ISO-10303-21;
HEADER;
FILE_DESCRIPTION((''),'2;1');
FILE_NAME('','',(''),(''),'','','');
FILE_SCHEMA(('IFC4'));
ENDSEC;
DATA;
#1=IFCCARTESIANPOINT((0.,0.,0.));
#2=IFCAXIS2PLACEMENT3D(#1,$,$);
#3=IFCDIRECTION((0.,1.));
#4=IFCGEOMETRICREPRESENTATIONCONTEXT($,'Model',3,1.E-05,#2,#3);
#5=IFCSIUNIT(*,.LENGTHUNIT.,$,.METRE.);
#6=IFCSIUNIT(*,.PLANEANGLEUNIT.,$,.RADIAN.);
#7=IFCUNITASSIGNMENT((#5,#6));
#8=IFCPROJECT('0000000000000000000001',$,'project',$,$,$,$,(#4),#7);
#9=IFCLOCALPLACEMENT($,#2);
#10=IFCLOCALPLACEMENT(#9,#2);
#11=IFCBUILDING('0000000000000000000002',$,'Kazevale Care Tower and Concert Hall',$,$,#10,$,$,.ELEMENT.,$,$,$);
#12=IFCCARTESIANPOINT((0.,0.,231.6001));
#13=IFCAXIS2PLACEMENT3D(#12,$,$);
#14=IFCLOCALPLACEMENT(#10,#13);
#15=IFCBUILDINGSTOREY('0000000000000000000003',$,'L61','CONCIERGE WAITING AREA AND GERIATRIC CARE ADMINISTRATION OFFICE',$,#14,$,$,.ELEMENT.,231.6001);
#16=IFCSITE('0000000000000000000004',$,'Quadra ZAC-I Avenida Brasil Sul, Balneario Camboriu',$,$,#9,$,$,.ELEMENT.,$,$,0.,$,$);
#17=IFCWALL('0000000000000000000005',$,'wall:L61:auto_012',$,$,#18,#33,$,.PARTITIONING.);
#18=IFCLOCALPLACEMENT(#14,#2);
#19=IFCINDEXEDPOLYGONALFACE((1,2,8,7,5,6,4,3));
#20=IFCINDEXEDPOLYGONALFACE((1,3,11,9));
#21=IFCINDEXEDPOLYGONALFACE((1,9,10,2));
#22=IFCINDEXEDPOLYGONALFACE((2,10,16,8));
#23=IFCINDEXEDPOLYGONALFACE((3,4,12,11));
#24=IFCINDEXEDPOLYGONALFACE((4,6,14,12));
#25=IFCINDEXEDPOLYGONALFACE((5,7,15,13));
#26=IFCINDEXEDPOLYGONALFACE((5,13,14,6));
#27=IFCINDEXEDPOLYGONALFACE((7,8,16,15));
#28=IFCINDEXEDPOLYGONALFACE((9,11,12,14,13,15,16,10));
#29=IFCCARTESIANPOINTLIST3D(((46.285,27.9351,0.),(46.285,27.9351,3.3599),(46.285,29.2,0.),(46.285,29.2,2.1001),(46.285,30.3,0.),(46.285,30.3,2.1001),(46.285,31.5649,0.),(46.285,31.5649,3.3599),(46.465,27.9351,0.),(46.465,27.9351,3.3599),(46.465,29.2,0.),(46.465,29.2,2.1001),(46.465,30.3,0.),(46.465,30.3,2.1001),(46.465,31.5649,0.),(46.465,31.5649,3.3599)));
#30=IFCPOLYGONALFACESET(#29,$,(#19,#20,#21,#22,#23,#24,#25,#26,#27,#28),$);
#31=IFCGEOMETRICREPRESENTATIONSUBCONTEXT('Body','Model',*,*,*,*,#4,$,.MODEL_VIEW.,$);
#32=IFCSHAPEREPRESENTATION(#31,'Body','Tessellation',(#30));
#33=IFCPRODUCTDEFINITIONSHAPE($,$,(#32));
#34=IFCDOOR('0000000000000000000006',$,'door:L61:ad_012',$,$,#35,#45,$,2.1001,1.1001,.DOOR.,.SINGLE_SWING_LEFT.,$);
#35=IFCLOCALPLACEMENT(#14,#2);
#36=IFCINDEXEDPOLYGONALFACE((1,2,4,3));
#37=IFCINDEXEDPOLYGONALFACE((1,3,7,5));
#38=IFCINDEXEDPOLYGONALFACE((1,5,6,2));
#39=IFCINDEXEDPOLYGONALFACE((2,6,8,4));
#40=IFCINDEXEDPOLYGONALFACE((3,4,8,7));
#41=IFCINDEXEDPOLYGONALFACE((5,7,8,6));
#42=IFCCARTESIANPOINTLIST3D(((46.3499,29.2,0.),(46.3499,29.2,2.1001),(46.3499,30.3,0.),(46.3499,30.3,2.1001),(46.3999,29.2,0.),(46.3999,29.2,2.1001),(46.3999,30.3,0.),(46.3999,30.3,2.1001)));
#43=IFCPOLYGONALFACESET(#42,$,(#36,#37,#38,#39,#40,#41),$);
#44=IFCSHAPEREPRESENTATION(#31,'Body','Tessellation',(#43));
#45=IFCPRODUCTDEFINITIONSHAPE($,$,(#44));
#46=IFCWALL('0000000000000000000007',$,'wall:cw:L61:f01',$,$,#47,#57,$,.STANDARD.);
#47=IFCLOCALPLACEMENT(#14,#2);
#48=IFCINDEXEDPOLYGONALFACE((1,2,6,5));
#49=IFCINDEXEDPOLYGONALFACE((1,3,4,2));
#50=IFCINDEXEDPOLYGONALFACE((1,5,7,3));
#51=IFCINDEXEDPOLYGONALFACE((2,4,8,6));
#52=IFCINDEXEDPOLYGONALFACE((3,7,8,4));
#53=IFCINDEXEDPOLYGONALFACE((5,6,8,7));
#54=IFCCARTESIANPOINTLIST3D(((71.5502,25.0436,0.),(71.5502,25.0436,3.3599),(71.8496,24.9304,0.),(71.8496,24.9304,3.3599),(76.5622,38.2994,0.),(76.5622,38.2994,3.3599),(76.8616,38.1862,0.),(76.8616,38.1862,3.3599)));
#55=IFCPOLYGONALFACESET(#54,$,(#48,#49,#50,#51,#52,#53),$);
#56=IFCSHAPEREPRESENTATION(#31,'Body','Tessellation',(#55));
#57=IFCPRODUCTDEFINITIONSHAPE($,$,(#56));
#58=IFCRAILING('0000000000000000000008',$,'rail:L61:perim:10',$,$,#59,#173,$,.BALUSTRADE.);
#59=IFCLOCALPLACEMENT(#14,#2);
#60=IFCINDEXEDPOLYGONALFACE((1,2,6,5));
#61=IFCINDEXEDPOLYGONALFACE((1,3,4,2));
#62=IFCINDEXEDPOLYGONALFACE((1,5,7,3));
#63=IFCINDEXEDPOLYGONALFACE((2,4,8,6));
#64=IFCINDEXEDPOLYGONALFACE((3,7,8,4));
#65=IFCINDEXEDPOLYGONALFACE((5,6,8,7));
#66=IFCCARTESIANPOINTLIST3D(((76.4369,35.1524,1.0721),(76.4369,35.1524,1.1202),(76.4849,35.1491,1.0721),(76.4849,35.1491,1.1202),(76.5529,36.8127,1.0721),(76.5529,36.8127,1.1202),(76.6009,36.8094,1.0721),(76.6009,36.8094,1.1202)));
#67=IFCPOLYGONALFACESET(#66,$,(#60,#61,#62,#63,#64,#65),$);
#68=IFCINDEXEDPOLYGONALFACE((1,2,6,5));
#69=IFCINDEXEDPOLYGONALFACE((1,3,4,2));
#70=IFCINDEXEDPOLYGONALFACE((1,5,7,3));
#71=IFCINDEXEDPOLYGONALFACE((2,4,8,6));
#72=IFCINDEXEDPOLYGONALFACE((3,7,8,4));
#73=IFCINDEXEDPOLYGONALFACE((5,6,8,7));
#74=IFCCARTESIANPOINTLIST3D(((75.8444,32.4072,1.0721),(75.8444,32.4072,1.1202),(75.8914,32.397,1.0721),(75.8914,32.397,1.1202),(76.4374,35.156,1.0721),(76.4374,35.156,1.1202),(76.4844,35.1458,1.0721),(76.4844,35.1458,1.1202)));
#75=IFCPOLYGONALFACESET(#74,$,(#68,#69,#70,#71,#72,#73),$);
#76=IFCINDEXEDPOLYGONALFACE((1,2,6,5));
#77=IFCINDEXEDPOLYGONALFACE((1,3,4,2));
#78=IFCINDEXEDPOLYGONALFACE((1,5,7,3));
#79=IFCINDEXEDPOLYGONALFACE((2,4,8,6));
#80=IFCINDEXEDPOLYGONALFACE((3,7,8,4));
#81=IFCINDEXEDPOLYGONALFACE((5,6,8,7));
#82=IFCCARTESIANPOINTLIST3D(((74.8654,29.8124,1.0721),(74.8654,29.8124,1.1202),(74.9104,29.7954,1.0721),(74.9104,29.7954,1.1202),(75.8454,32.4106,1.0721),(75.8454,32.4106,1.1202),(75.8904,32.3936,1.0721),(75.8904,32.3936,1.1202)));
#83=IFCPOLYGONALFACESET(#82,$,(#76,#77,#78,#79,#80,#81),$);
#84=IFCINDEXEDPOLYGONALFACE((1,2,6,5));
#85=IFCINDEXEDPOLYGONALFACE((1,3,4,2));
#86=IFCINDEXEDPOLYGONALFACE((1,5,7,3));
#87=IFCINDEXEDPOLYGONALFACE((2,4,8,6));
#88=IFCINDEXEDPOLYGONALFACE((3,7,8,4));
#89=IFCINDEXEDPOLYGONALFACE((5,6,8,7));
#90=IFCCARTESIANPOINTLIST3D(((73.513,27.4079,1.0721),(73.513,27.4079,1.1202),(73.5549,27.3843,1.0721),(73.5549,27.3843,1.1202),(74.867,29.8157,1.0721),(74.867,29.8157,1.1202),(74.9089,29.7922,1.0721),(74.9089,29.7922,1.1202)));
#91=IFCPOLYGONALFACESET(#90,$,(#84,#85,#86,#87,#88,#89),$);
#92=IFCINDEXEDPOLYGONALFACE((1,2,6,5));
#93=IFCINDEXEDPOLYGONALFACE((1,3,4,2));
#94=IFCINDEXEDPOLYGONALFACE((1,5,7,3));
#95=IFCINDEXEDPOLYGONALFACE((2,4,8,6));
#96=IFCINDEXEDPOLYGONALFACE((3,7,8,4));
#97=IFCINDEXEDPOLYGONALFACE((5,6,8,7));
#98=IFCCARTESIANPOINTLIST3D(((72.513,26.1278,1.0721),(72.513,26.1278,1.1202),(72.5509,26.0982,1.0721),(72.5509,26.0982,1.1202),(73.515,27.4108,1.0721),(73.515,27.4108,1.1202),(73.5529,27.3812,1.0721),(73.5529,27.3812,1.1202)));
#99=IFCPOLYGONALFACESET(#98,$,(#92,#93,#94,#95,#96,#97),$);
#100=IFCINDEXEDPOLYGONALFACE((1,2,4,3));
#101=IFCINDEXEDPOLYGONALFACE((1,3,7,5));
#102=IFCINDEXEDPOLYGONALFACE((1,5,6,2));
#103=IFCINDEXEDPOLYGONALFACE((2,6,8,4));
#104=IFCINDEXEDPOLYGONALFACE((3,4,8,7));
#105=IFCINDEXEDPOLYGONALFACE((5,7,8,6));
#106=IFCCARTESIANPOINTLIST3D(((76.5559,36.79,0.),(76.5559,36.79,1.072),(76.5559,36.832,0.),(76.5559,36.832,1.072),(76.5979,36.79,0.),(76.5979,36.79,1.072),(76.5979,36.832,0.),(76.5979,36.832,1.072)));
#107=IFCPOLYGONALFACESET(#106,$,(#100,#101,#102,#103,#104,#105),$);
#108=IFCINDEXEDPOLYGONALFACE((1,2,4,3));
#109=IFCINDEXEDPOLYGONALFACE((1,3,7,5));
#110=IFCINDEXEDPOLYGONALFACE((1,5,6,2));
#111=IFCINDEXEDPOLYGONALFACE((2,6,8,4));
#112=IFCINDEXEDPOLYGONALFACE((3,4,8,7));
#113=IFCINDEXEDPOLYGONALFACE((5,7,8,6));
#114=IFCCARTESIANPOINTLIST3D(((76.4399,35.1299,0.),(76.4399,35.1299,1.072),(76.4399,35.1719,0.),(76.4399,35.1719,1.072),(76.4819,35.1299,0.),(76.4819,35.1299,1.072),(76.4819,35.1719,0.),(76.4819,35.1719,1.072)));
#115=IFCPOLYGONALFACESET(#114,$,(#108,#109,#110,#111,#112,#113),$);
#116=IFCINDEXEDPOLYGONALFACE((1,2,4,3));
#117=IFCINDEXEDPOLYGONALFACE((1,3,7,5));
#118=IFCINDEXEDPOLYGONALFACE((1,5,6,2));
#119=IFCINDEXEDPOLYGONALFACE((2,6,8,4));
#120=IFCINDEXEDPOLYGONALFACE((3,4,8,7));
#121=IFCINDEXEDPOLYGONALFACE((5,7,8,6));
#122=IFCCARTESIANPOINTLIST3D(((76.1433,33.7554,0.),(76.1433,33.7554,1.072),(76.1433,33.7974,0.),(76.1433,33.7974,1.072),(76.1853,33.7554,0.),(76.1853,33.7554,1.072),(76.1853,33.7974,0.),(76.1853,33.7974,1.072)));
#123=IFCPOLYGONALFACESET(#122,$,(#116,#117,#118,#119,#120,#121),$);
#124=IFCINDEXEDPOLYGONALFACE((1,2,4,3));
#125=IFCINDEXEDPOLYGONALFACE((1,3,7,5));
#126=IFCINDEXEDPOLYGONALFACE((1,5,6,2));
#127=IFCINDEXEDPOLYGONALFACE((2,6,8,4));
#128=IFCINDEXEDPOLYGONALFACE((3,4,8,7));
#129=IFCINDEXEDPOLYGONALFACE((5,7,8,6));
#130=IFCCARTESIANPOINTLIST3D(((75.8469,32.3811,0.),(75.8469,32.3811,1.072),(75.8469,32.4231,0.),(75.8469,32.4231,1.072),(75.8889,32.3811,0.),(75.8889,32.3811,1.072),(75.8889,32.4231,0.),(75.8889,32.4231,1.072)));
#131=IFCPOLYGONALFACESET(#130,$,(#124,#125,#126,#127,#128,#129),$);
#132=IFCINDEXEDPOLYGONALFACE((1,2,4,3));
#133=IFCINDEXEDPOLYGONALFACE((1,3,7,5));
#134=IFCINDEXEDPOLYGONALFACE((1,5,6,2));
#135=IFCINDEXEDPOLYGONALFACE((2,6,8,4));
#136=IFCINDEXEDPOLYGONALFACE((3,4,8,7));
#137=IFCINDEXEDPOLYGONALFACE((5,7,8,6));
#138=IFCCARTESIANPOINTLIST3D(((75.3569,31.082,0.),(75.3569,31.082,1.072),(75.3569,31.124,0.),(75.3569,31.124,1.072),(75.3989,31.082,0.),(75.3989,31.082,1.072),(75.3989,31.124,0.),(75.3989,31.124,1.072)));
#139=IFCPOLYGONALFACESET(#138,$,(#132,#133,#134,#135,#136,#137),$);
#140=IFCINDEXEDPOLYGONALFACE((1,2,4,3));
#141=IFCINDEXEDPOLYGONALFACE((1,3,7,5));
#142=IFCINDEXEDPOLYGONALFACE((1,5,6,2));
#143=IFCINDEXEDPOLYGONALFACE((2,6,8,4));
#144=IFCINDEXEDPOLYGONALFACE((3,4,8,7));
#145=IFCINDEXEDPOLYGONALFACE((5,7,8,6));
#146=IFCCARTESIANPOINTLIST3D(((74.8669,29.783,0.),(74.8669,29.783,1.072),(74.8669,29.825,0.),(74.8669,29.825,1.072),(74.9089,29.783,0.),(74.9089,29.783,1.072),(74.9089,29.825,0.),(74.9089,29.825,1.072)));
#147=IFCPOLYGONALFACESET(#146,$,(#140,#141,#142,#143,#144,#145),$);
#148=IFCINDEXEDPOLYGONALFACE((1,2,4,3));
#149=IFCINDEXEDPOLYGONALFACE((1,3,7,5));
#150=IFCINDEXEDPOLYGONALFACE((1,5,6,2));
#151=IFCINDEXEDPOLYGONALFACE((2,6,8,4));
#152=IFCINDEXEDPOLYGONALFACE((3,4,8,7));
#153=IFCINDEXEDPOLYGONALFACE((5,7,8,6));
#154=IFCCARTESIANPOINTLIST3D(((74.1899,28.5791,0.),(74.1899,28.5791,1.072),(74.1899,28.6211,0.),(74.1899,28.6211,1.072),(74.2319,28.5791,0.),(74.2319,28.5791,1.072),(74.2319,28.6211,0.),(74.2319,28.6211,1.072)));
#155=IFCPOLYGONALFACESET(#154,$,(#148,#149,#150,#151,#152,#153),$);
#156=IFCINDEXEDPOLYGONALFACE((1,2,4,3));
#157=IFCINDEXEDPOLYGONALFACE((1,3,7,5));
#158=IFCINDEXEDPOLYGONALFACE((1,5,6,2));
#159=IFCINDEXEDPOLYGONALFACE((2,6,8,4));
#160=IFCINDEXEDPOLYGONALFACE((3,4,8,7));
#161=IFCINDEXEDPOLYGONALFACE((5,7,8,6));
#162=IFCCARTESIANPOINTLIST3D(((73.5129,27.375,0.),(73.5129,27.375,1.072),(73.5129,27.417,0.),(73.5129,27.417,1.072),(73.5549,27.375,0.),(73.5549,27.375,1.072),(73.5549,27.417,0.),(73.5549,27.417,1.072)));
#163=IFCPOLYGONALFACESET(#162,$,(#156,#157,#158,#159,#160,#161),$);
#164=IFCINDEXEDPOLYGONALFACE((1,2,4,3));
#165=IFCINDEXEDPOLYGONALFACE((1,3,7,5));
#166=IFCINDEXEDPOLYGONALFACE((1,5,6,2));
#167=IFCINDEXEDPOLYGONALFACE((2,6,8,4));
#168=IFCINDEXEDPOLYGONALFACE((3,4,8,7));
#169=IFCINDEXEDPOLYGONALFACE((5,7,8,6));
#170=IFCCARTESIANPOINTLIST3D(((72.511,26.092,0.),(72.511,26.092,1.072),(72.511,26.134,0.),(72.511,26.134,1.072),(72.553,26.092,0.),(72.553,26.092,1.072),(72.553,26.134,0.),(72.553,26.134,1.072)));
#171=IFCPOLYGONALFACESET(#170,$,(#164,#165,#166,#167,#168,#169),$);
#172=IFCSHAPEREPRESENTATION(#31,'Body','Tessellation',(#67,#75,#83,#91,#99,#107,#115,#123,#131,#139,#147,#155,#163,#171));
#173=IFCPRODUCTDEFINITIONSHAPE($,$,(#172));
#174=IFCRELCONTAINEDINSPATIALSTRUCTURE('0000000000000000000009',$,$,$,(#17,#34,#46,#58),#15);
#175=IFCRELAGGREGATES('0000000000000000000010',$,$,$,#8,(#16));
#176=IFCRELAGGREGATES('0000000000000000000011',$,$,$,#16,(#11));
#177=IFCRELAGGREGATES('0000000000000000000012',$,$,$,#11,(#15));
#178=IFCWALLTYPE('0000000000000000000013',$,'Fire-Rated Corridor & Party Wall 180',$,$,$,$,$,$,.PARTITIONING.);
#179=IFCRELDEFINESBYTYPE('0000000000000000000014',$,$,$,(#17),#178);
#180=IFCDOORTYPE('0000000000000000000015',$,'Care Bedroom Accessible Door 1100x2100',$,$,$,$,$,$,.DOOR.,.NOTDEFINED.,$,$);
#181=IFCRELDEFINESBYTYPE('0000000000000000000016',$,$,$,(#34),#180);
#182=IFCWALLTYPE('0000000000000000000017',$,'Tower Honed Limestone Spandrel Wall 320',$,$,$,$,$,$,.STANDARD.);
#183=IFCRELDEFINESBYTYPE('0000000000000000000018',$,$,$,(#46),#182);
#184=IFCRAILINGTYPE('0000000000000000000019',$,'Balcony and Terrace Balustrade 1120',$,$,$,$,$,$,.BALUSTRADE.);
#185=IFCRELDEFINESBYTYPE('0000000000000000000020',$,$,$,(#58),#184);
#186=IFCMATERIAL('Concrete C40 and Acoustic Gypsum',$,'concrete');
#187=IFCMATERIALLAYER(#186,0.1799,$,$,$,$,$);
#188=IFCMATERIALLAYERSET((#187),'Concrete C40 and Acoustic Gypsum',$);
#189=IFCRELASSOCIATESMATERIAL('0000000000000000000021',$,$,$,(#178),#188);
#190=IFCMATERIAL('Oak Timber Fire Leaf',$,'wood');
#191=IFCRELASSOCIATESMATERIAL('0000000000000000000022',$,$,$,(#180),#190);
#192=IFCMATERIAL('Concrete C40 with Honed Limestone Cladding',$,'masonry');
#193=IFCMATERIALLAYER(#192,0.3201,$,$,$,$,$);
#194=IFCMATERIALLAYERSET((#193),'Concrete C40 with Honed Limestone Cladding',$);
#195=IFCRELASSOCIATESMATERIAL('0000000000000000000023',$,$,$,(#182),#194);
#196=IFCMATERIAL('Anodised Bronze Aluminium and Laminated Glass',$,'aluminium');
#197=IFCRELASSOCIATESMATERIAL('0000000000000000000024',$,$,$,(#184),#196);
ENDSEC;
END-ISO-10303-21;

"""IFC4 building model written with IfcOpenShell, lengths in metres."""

from ifc_helpers import new_model, si_unit, direction, frame, frame_2d, origin, origin_2d, place, context, subcontext, project, spatial, rectangle, extrude, material, layer, layer_set, type_object, element, fill, save


model = new_model("IFC4")

# Units and contexts
model_context = context("Model", 3, precision=1e-05, world=origin(), true_north=direction((0.0, 1.0)))
body_context = subcontext(model_context, "Body", "Model", "MODEL_VIEW")
ifc_project = project(units=[si_unit("LENGTHUNIT", "METRE"), si_unit("PLANEANGLEUNIT", "RADIAN")], contexts=[model_context])

# Site, building, storey
site_placement = place(None, origin())
site = spatial("IfcSite", under=ifc_project, at=site_placement, Name="Quadra ZAC-I Avenida Brasil Sul, Balneario Camboriu", CompositionType="ELEMENT", RefElevation=0.0)
building_placement = place(site_placement, origin())
building = spatial("IfcBuilding", under=site, at=building_placement, Name="Kazevale Care Tower and Concert Hall", CompositionType="ELEMENT")
storey_placement = place(building_placement, frame((0.0, 0.0, 231.6001)))
storey = spatial("IfcBuildingStorey", under=building, at=storey_placement, Name="L61", Description="CONCIERGE WAITING AREA AND GERIATRIC CARE ADMINISTRATION OFFICE", CompositionType="ELEMENT", Elevation=231.6001)

# Wall, opening, door
ifc_material_1 = material(Name="Concrete C40 and Acoustic Gypsum", Category="concrete")
ifc_layer_1 = layer(ifc_material_1, 0.1799)
ifc_layer_set_1 = layer_set([ifc_layer_1], Name="Concrete C40 and Acoustic Gypsum")
wall_type_1 = type_object("IfcWallType", Name="Fire-Rated Corridor & Party Wall 180", PredefinedType="PARTITIONING", material=ifc_layer_set_1)
ifc_material_2 = material(Name="Oak Timber Fire Leaf", Category="wood")
door_type = type_object("IfcDoorType", Name="Care Bedroom Accessible Door 1100x2100", OperationType="NOTDEFINED", PredefinedType="DOOR", material=ifc_material_2)
wall_1_placement = place(storey_placement, frame((46.375, 31.5649, 0.0), z_axis=(0.0, 0.0, 1.0), x_axis=(0.0, -1.0, 0.0)))
wall_1 = element("IfcWall", 1, at=wall_1_placement, inside=storey, type_object=wall_type_1, Name="wall:L61:auto_012", PredefinedType="PARTITIONING", context=body_context, shape_type="SweptSolid", body=[
    extrude(rectangle(XDim=3.6299, YDim=0.1799, at=frame_2d((1.8149, 0.0))), origin(), (0.0, 0.0, 1.0), 3.3599),
])
opening_1_placement = place(wall_1_placement, frame((1.2649, 0.0, 0.0)))
opening_1 = element("IfcOpeningElement", 2, at=opening_1_placement, cuts=wall_1, PredefinedType="OPENING", context=body_context, shape_type="SweptSolid", body=[
    extrude(rectangle(XDim=1.1001, YDim=2.1001, at=frame_2d((0.55, 1.05))), frame((0.0, 0.0999, 0.0), z_axis=(0.0, -1.0, 0.0), x_axis=(1.0, 0.0, 0.0)), (0.0, 0.0, 1.0), 0.2),
])
door_1_placement = place(opening_1_placement, origin())
door_1 = element("IfcDoor", 3, at=door_1_placement, inside=storey, type_object=door_type, Name="door:L61:ad_012", OperationType="SINGLE_SWING_LEFT", OverallHeight=2.1001, OverallWidth=1.1001, PredefinedType="DOOR", context=body_context, shape_type="SweptSolid", body=[
    extrude(rectangle(XDim=1.1001, YDim=2.1001, at=frame_2d((0.55, 1.05))), frame((0.0, 0.0249, 0.0), z_axis=(0.0, -1.0, 0.0), x_axis=(1.0, 0.0, 0.0)), (0.0, 0.0, 1.0), 0.05),
])
fill(opening_1, door_1)

# Wall
ifc_material_3 = material(Name="Concrete C40 with Honed Limestone Cladding", Category="masonry")
ifc_layer_2 = layer(ifc_material_3, 0.3201)
ifc_layer_set_2 = layer_set([ifc_layer_2], Name="Concrete C40 with Honed Limestone Cladding")
wall_type_2 = type_object("IfcWallType", Name="Tower Honed Limestone Spandrel Wall 320", PredefinedType="STANDARD", material=ifc_layer_set_2)
wall_2_placement = place(storey_placement, frame((76.7119, 38.2429, 0.0), z_axis=(0.0, 0.0, 1.0), x_axis=(-0.35366, -0.935374, 0.0)))
element("IfcWall", 4, at=wall_2_placement, inside=storey, type_object=wall_type_2, Name="wall:cw:L61:f01", PredefinedType="STANDARD", context=body_context, shape_type="SweptSolid", body=[
    extrude(rectangle(XDim=14.1716, YDim=0.3201, at=frame_2d((7.0859, 0.0))), origin(), (0.0, 0.0, 1.0), 3.3599),
])

# Railing
ifc_material_4 = material(Name="Anodised Bronze Aluminium and Laminated Glass", Category="aluminium")
railing_type = type_object("IfcRailingType", Name="Balcony and Terrace Balustrade 1120", PredefinedType="BALUSTRADE", material=ifc_material_4)
railing_1_placement = place(storey_placement, frame((76.5769, 36.811, 0.0)))
element("IfcRailing", 5, at=railing_1_placement, inside=storey, type_object=railing_type, Name="rail:L61:perim:10", PredefinedType="BALUSTRADE", context=body_context, shape_type="SweptSolid", body=[
    extrude(rectangle(XDim=0.0481, YDim=0.0481, at=origin_2d()), frame((0.0, 0.0, 1.0962), z_axis=(-0.069683, -0.997569, 0.0), x_axis=(0.997569, -0.069683, 0.0)), (0.0, 0.0, 1.0), 1.6643),
    extrude(rectangle(XDim=0.0481, YDim=0.0481, at=origin_2d()), frame((-0.116, -1.6602, 1.0962), z_axis=(-0.210887, -0.977511, 0.0), x_axis=(0.977511, -0.210887, 0.0)), (0.0, 0.0, 1.0), 2.812),
    extrude(rectangle(XDim=0.0481, YDim=0.0481, at=origin_2d()), frame((-0.709, -4.4089, 1.0962), z_axis=(-0.352915, -0.935655, 0.0), x_axis=(0.935655, -0.352915, 0.0)), (0.0, 0.0, 1.0), 2.7769),
    extrude(rectangle(XDim=0.0481, YDim=0.0481, at=origin_2d()), frame((-1.689, -7.0071, 1.0962), z_axis=(-0.490131, -0.871649, 0.0), x_axis=(0.871649, -0.490131, 0.0)), (0.0, 0.0, 1.0), 2.7625),
    extrude(rectangle(XDim=0.0481, YDim=0.0481, at=origin_2d()), frame((-3.043, -9.415, 1.0962), z_axis=(-0.615507, -0.788131, 0.0), x_axis=(0.788131, -0.615507, 0.0)), (0.0, 0.0, 1.0), 1.6279),
    extrude(rectangle(XDim=0.042, YDim=0.042, at=origin_2d()), origin(), (0.0, 0.0, 1.0), 1.072),
    extrude(rectangle(XDim=0.042, YDim=0.042, at=origin_2d()), frame((-0.116, -1.6602, 0.0)), (0.0, 0.0, 1.0), 1.072),
    extrude(rectangle(XDim=0.042, YDim=0.042, at=origin_2d()), frame((-0.4126, -3.0347, 0.0)), (0.0, 0.0, 1.0), 1.072),
    extrude(rectangle(XDim=0.042, YDim=0.042, at=origin_2d()), frame((-0.709, -4.4089, 0.0)), (0.0, 0.0, 1.0), 1.072),
    extrude(rectangle(XDim=0.042, YDim=0.042, at=origin_2d()), frame((-1.199, -5.708, 0.0)), (0.0, 0.0, 1.0), 1.072),
    extrude(rectangle(XDim=0.042, YDim=0.042, at=origin_2d()), frame((-1.689, -7.0071, 0.0)), (0.0, 0.0, 1.0), 1.072),
    extrude(rectangle(XDim=0.042, YDim=0.042, at=origin_2d()), frame((-2.366, -8.2109, 0.0)), (0.0, 0.0, 1.0), 1.072),
    extrude(rectangle(XDim=0.042, YDim=0.042, at=origin_2d()), frame((-3.043, -9.415, 0.0)), (0.0, 0.0, 1.0), 1.072),
    extrude(rectangle(XDim=0.042, YDim=0.042, at=origin_2d()), frame((-4.0449, -10.698, 0.0)), (0.0, 0.0, 1.0), 1.072),
])

save(model, "model.ifc")
